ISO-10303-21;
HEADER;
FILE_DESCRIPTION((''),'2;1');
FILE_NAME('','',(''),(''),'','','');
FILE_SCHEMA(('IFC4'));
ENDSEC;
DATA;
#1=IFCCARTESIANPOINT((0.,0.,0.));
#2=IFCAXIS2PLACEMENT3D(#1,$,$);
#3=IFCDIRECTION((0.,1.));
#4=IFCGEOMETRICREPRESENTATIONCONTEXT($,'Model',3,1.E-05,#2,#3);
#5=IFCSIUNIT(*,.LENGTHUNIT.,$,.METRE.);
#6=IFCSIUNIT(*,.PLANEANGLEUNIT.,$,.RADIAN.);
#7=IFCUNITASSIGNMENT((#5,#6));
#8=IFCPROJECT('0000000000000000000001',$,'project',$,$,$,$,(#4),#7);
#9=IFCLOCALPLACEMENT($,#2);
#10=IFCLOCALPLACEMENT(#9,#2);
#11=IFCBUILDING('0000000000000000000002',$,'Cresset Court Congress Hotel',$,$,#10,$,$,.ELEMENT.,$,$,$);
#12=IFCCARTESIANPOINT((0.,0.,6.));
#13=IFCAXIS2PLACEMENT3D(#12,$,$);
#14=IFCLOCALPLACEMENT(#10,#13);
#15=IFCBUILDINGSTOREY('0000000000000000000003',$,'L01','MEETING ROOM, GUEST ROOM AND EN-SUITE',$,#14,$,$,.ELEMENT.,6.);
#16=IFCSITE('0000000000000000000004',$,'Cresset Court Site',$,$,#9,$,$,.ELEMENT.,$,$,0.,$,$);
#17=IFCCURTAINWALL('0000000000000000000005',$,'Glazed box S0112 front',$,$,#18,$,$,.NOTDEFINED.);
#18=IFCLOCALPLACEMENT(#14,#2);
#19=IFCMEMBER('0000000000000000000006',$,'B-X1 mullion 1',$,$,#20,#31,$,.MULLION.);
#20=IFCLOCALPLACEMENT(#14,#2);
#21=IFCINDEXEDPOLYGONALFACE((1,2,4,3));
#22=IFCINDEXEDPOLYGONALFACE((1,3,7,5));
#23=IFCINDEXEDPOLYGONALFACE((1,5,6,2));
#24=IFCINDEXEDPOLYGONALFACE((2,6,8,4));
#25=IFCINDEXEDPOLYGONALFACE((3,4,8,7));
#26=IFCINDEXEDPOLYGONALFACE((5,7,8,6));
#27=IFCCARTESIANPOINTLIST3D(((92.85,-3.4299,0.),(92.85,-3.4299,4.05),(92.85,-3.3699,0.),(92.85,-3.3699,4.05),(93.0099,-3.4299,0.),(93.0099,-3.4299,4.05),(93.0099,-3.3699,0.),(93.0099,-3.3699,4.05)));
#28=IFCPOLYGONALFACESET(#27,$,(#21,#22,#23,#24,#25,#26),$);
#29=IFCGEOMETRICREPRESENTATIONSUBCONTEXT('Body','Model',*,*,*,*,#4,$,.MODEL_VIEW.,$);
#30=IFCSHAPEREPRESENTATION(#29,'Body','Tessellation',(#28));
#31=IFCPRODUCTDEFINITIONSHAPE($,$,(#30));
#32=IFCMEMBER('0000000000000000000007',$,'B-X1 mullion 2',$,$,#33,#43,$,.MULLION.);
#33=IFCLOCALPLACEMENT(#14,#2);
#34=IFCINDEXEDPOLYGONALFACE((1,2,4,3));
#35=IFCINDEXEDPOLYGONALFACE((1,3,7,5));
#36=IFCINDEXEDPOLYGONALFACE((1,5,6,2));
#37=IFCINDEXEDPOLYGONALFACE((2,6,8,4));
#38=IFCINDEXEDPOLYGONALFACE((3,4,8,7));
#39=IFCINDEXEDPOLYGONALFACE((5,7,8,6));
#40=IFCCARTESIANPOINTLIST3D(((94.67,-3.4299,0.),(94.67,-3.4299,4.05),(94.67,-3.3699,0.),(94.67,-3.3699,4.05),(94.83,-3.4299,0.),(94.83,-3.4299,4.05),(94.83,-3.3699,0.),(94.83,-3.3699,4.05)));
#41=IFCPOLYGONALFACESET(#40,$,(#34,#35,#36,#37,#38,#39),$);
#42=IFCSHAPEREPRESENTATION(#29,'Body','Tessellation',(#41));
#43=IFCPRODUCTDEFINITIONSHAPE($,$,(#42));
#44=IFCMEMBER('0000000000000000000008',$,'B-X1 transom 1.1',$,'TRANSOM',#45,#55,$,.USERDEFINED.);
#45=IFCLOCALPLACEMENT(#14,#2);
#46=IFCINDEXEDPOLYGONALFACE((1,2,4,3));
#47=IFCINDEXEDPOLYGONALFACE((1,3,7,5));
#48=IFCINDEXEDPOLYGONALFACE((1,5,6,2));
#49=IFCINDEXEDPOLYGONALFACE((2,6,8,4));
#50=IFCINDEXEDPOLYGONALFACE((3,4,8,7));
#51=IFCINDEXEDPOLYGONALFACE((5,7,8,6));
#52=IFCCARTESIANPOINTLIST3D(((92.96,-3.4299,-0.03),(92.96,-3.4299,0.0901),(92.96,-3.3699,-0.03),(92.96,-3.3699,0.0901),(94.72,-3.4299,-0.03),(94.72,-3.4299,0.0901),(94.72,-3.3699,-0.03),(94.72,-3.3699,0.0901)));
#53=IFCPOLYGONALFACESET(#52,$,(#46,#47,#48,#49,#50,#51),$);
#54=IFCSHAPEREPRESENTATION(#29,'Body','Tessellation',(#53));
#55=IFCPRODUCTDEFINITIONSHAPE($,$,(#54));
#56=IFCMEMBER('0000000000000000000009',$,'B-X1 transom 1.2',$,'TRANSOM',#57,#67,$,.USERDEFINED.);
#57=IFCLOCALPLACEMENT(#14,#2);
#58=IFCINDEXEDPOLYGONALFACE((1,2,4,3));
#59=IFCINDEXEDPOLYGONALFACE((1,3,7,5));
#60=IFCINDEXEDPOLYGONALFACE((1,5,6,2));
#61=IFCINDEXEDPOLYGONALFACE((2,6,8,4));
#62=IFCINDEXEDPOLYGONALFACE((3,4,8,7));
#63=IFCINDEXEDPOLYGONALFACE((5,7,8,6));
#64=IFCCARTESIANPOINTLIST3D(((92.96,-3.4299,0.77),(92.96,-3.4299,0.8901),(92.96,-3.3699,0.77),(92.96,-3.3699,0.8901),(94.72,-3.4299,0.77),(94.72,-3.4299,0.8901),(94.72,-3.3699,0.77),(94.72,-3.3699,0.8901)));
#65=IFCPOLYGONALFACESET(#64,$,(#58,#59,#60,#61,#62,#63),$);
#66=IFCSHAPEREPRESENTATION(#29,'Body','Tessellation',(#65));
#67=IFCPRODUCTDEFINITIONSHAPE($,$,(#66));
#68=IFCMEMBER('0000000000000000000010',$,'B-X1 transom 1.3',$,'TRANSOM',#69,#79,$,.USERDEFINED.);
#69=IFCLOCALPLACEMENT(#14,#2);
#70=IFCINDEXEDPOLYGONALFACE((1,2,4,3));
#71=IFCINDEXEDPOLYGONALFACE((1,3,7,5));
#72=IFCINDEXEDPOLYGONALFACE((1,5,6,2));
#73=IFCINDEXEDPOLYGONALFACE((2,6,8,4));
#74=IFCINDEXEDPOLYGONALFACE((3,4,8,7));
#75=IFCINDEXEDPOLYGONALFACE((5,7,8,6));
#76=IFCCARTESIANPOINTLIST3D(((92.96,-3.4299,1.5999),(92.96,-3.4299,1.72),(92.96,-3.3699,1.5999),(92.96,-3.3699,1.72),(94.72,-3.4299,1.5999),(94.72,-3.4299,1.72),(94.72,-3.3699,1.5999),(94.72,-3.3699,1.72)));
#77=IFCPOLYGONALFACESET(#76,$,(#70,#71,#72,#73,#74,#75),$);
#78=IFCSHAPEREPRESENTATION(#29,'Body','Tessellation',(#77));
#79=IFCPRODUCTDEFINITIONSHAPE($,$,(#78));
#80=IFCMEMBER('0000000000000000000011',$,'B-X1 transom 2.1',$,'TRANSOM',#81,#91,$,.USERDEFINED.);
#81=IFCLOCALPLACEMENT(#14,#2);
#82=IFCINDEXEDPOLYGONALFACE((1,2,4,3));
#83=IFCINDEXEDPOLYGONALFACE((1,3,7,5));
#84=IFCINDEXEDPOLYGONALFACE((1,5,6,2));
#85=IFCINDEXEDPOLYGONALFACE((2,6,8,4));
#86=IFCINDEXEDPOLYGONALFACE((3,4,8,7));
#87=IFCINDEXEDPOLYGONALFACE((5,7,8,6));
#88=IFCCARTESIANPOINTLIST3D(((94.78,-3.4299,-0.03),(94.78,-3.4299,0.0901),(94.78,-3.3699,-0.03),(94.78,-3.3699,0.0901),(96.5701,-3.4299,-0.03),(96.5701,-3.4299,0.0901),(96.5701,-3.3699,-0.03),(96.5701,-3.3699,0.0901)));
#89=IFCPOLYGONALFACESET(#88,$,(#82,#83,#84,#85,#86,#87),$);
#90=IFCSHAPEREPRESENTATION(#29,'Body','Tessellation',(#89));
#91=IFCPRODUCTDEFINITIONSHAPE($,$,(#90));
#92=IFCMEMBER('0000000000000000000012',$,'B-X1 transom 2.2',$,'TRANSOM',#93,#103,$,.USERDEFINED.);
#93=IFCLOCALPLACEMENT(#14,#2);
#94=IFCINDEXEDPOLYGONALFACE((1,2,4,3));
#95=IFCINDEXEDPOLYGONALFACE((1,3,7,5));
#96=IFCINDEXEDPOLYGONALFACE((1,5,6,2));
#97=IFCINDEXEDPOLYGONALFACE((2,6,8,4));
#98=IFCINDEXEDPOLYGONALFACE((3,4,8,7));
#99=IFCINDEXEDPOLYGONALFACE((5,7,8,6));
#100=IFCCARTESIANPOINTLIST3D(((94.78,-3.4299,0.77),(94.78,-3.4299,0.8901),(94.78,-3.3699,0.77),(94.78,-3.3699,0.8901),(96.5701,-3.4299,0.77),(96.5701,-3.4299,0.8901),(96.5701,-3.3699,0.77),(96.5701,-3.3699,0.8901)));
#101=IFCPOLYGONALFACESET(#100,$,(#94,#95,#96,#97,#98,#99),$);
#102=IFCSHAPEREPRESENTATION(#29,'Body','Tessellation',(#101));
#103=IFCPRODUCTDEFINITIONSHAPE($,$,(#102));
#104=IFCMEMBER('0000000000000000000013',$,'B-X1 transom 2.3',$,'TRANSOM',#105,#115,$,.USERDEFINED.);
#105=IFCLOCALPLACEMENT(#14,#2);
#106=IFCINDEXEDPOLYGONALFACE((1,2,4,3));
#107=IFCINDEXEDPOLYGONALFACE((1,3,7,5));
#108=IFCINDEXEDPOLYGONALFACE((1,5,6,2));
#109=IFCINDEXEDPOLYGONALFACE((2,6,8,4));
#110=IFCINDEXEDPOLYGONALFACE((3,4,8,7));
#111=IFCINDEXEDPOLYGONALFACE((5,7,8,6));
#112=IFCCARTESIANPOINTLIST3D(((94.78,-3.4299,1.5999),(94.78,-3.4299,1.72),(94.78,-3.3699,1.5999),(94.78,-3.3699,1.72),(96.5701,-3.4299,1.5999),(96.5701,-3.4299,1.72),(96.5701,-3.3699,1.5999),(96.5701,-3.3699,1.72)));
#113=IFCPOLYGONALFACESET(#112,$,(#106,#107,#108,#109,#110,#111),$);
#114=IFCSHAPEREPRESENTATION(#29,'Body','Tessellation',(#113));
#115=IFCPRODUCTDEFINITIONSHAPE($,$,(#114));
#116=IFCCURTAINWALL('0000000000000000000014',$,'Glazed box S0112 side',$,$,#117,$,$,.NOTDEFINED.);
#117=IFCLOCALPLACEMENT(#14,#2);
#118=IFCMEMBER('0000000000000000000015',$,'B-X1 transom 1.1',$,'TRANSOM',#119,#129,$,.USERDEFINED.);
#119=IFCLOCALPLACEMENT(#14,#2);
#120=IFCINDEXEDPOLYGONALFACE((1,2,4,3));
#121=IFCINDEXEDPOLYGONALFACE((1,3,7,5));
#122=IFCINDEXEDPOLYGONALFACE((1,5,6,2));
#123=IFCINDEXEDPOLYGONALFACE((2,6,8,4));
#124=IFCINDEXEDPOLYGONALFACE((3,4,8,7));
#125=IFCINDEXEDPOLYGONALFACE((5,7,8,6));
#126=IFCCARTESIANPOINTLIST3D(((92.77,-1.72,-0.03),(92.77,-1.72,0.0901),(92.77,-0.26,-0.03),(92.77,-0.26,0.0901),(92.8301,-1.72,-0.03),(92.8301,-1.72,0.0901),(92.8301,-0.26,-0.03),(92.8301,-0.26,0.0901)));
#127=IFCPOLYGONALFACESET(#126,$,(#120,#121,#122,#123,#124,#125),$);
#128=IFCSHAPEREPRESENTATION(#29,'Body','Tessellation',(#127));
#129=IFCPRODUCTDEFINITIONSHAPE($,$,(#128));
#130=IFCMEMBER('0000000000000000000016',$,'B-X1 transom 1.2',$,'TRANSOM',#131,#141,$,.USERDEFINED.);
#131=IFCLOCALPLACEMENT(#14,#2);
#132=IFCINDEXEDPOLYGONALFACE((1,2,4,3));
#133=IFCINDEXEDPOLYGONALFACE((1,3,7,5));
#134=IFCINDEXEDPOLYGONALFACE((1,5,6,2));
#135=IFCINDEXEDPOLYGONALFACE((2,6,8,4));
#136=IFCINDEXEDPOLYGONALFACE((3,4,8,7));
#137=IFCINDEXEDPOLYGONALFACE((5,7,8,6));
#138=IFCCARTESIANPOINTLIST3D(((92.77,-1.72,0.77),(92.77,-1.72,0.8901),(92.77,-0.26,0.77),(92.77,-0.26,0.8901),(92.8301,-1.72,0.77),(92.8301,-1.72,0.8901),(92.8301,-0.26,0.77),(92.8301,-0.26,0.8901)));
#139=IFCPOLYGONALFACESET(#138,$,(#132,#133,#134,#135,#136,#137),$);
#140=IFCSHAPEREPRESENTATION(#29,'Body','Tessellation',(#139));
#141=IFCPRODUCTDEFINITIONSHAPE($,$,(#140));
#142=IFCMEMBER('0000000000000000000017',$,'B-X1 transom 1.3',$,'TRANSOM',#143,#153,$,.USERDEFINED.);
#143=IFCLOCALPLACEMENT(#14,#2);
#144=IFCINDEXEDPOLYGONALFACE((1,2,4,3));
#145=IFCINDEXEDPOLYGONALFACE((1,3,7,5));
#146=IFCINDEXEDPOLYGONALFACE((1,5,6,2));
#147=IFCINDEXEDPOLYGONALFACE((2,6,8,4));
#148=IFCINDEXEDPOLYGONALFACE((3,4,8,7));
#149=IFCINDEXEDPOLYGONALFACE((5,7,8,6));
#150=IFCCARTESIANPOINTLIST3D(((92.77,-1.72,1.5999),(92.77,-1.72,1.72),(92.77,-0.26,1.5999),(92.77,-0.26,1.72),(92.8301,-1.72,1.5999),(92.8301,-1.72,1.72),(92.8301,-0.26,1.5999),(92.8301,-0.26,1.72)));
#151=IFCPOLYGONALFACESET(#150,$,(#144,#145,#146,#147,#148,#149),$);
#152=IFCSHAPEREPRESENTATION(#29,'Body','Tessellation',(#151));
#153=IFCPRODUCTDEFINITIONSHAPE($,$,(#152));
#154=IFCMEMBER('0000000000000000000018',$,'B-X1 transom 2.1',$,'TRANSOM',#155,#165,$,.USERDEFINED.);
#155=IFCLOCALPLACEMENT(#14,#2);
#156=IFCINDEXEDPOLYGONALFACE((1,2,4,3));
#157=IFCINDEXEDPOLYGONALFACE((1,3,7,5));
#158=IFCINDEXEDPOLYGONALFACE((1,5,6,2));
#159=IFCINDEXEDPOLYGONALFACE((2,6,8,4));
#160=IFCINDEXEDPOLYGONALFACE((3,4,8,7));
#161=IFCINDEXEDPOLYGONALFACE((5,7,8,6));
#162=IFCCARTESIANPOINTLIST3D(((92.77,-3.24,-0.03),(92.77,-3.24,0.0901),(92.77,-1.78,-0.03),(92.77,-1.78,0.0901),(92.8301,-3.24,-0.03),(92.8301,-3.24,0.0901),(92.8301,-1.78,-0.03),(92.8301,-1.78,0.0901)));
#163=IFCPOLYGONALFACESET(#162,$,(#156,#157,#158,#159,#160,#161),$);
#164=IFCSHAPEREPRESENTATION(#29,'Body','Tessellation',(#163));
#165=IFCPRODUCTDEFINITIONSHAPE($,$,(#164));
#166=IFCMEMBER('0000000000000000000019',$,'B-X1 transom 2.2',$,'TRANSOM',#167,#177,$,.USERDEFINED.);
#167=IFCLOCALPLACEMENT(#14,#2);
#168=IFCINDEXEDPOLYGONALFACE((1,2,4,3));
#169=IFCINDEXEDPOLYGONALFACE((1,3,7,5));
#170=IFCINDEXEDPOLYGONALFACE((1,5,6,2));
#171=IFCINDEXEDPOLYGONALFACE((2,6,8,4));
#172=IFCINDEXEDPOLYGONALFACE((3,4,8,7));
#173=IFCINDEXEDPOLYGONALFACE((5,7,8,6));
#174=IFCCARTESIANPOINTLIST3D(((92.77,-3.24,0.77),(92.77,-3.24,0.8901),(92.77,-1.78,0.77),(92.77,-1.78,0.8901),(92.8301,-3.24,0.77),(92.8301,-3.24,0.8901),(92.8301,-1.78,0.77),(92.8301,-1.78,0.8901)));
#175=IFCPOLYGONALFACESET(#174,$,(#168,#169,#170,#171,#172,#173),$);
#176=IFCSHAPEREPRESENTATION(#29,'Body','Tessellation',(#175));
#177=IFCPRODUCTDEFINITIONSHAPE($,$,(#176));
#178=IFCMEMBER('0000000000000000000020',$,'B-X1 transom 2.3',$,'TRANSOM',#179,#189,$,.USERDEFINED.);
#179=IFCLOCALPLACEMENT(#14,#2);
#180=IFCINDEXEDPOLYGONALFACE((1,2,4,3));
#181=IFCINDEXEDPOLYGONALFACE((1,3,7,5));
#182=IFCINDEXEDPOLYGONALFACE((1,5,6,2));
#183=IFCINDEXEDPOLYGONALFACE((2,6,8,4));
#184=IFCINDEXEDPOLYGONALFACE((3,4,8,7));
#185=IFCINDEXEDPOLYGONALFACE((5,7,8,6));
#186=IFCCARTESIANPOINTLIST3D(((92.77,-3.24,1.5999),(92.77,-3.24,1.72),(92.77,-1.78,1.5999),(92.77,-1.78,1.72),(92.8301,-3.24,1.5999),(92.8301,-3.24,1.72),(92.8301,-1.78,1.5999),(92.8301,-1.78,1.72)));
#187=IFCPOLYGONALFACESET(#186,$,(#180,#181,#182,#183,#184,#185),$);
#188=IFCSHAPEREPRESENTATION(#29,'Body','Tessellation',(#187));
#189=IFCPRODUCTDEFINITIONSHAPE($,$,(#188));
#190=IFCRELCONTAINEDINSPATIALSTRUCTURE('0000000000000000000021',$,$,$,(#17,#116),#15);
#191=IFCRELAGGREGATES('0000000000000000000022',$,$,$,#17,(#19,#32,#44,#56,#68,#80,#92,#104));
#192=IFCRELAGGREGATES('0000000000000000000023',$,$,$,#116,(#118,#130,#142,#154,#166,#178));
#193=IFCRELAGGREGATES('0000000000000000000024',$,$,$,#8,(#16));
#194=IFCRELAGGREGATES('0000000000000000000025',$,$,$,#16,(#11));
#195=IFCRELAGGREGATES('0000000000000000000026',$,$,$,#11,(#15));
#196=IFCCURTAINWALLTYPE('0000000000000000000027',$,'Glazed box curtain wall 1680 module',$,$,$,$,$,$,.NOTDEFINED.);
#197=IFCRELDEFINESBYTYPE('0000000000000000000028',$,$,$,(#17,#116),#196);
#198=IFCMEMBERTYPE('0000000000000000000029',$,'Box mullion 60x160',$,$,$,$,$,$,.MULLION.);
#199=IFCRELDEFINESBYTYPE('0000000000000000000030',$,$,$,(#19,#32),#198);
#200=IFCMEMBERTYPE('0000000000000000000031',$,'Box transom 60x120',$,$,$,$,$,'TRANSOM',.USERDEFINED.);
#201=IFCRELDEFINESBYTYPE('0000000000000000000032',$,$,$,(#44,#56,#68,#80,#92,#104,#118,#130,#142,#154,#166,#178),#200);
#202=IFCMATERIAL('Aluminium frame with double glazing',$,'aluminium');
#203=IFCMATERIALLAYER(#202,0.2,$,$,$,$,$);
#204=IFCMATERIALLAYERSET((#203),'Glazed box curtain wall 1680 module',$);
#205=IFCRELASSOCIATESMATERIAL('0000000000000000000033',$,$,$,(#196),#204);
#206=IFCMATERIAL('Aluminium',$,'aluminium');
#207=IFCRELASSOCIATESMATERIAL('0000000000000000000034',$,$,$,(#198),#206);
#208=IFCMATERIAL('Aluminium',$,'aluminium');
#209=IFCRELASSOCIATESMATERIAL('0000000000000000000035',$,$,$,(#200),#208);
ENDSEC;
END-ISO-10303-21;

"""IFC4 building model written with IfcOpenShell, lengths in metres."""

from ifc_helpers import new_model, si_unit, direction, frame, origin, origin_2d, place, context, subcontext, project, spatial, rectangle, extrude, material, layer, layer_set, material_profile, profile_set, type_object, element, aggregate, save


model = new_model("IFC4")

# Units and contexts
model_context = context("Model", 3, precision=1e-05, world=origin(), true_north=direction((0.0, 1.0)))
body_context = subcontext(model_context, "Body", "Model", "MODEL_VIEW")
ifc_project = project(units=[si_unit("LENGTHUNIT", "METRE"), si_unit("PLANEANGLEUNIT", "RADIAN")], contexts=[model_context])

# Site, building, storey
site_placement = place(None, origin())
site = spatial("IfcSite", under=ifc_project, at=site_placement, Name="Cresset Court Site", CompositionType="ELEMENT", RefElevation=0.0)
building_placement = place(site_placement, origin())
building = spatial("IfcBuilding", under=site, at=building_placement, Name="Cresset Court Congress Hotel", CompositionType="ELEMENT")
storey_placement = place(building_placement, frame((0.0, 0.0, 6.0)))
storey = spatial("IfcBuildingStorey", under=building, at=storey_placement, Name="L01", Description="MEETING ROOM, GUEST ROOM AND EN-SUITE", CompositionType="ELEMENT", Elevation=6.0)

# Curtain walls, members
ifc_material_1 = material(Name="Aluminium frame with double glazing", Category="aluminium")
ifc_layer_1 = layer(ifc_material_1, 0.2)
ifc_layer_set_1 = layer_set([ifc_layer_1], Name="Glazed box curtain wall 1680 module")
curtain_wall_type = type_object("IfcCurtainWallType", Name="Glazed box curtain wall 1680 module", PredefinedType="NOTDEFINED", material=ifc_layer_set_1)
curtain_wall_1_placement = place(storey_placement, origin())
curtain_wall_1 = element("IfcCurtainWall", 1, at=curtain_wall_1_placement, inside=storey, type_object=curtain_wall_type, Name="Glazed box S0112 front", PredefinedType="NOTDEFINED")
ifc_material_2 = material(Name="Aluminium", Category="aluminium")
ifc_material_profile_1 = material_profile(ifc_material_2, rectangle(XDim=0.0601, YDim=0.1599, at=origin_2d()), Name="Box mullion 60x160")
ifc_profile_set_1 = profile_set([ifc_material_profile_1], Name="Aluminium")
member_type_1 = type_object("IfcMemberType", Name="Box mullion 60x160", PredefinedType="MULLION", material=ifc_profile_set_1)
member_1_placement = place(storey_placement, frame((92.9299, -3.3999, 0.0), z_axis=(0.0, 0.0, 1.0), x_axis=(0.0, 1.0, 0.0)))
member_1 = element("IfcMember", 2, at=member_1_placement, type_object=member_type_1, Name="B-X1 mullion 1", PredefinedType="MULLION", context=body_context, shape_type="SweptSolid", body=[
    extrude(rectangle(XDim=0.0601, YDim=0.1599, at=origin_2d()), origin(), (0.0, 0.0, 1.0), 4.05),
])
member_2_placement = place(storey_placement, frame((94.75, -3.3999, 0.0), z_axis=(0.0, 0.0, 1.0), x_axis=(0.0, 1.0, 0.0)))
member_2 = element("IfcMember", 3, at=member_2_placement, type_object=member_type_1, Name="B-X1 mullion 2", PredefinedType="MULLION", context=body_context, shape_type="SweptSolid", body=[
    extrude(rectangle(XDim=0.0601, YDim=0.1599, at=origin_2d()), origin(), (0.0, 0.0, 1.0), 4.05),
])
ifc_material_3 = material(Name="Aluminium", Category="aluminium")
ifc_material_profile_2 = material_profile(ifc_material_3, rectangle(XDim=0.0601, YDim=0.1201, at=origin_2d()), Name="Box transom 60x120")
ifc_profile_set_2 = profile_set([ifc_material_profile_2], Name="Aluminium")
member_type_2 = type_object("IfcMemberType", Name="Box transom 60x120", ElementType="TRANSOM", PredefinedType="USERDEFINED", material=ifc_profile_set_2)
member_3_placement = place(storey_placement, frame((92.96, -3.3999, 0.03), z_axis=(1.0, 0.0, 0.0), x_axis=(0.0, 1.0, 0.0)))
member_3 = element("IfcMember", 4, at=member_3_placement, type_object=member_type_2, Name="B-X1 transom 1.1", ObjectType="TRANSOM", PredefinedType="USERDEFINED", context=body_context, shape_type="SweptSolid", body=[
    extrude(rectangle(XDim=0.0601, YDim=0.1201, at=origin_2d()), origin(), (0.0, 0.0, 1.0), 1.76),
])
member_4_placement = place(storey_placement, frame((92.96, -3.3999, 0.8301), z_axis=(1.0, 0.0, 0.0), x_axis=(0.0, 1.0, 0.0)))
member_4 = element("IfcMember", 5, at=member_4_placement, type_object=member_type_2, Name="B-X1 transom 1.2", ObjectType="TRANSOM", PredefinedType="USERDEFINED", context=body_context, shape_type="SweptSolid", body=[
    extrude(rectangle(XDim=0.0601, YDim=0.1201, at=origin_2d()), origin(), (0.0, 0.0, 1.0), 1.76),
])
member_5_placement = place(storey_placement, frame((92.96, -3.3999, 1.6599), z_axis=(1.0, 0.0, 0.0), x_axis=(0.0, 1.0, 0.0)))
member_5 = element("IfcMember", 6, at=member_5_placement, type_object=member_type_2, Name="B-X1 transom 1.3", ObjectType="TRANSOM", PredefinedType="USERDEFINED", context=body_context, shape_type="SweptSolid", body=[
    extrude(rectangle(XDim=0.0601, YDim=0.1201, at=origin_2d()), origin(), (0.0, 0.0, 1.0), 1.76),
])
member_6_placement = place(storey_placement, frame((94.78, -3.3999, 0.03), z_axis=(1.0, 0.0, 0.0), x_axis=(0.0, 1.0, 0.0)))
member_6 = element("IfcMember", 7, at=member_6_placement, type_object=member_type_2, Name="B-X1 transom 2.1", ObjectType="TRANSOM", PredefinedType="USERDEFINED", context=body_context, shape_type="SweptSolid", body=[
    extrude(rectangle(XDim=0.0601, YDim=0.1201, at=origin_2d()), origin(), (0.0, 0.0, 1.0), 1.79),
])
member_7_placement = place(storey_placement, frame((94.78, -3.3999, 0.8301), z_axis=(1.0, 0.0, 0.0), x_axis=(0.0, 1.0, 0.0)))
member_7 = element("IfcMember", 8, at=member_7_placement, type_object=member_type_2, Name="B-X1 transom 2.2", ObjectType="TRANSOM", PredefinedType="USERDEFINED", context=body_context, shape_type="SweptSolid", body=[
    extrude(rectangle(XDim=0.0601, YDim=0.1201, at=origin_2d()), origin(), (0.0, 0.0, 1.0), 1.79),
])
member_8_placement = place(storey_placement, frame((94.78, -3.3999, 1.6599), z_axis=(1.0, 0.0, 0.0), x_axis=(0.0, 1.0, 0.0)))
member_8 = element("IfcMember", 9, at=member_8_placement, type_object=member_type_2, Name="B-X1 transom 2.3", ObjectType="TRANSOM", PredefinedType="USERDEFINED", context=body_context, shape_type="SweptSolid", body=[
    extrude(rectangle(XDim=0.0601, YDim=0.1201, at=origin_2d()), origin(), (0.0, 0.0, 1.0), 1.79),
])
curtain_wall_2_placement = place(storey_placement, origin())
curtain_wall_2 = element("IfcCurtainWall", 10, at=curtain_wall_2_placement, inside=storey, type_object=curtain_wall_type, Name="Glazed box S0112 side", PredefinedType="NOTDEFINED")
member_9_placement = place(storey_placement, frame((92.8, -0.26, 0.03), z_axis=(0.0, -1.0, 0.0), x_axis=(1.0, 0.0, 0.0)))
member_9 = element("IfcMember", 11, at=member_9_placement, type_object=member_type_2, Name="B-X1 transom 1.1", ObjectType="TRANSOM", PredefinedType="USERDEFINED", context=body_context, shape_type="SweptSolid", body=[
    extrude(rectangle(XDim=0.0601, YDim=0.1201, at=origin_2d()), origin(), (0.0, 0.0, 1.0), 1.46),
])
member_10_placement = place(storey_placement, frame((92.8, -0.26, 0.8301), z_axis=(0.0, -1.0, 0.0), x_axis=(1.0, 0.0, 0.0)))
member_10 = element("IfcMember", 12, at=member_10_placement, type_object=member_type_2, Name="B-X1 transom 1.2", ObjectType="TRANSOM", PredefinedType="USERDEFINED", context=body_context, shape_type="SweptSolid", body=[
    extrude(rectangle(XDim=0.0601, YDim=0.1201, at=origin_2d()), origin(), (0.0, 0.0, 1.0), 1.46),
])
member_11_placement = place(storey_placement, frame((92.8, -0.26, 1.6599), z_axis=(0.0, -1.0, 0.0), x_axis=(1.0, 0.0, 0.0)))
member_11 = element("IfcMember", 13, at=member_11_placement, type_object=member_type_2, Name="B-X1 transom 1.3", ObjectType="TRANSOM", PredefinedType="USERDEFINED", context=body_context, shape_type="SweptSolid", body=[
    extrude(rectangle(XDim=0.0601, YDim=0.1201, at=origin_2d()), origin(), (0.0, 0.0, 1.0), 1.46),
])
member_12_placement = place(storey_placement, frame((92.8, -1.78, 0.03), z_axis=(0.0, -1.0, 0.0), x_axis=(1.0, 0.0, 0.0)))
member_12 = element("IfcMember", 14, at=member_12_placement, type_object=member_type_2, Name="B-X1 transom 2.1", ObjectType="TRANSOM", PredefinedType="USERDEFINED", context=body_context, shape_type="SweptSolid", body=[
    extrude(rectangle(XDim=0.0601, YDim=0.1201, at=origin_2d()), origin(), (0.0, 0.0, 1.0), 1.46),
])
member_13_placement = place(storey_placement, frame((92.8, -1.78, 0.8301), z_axis=(0.0, -1.0, 0.0), x_axis=(1.0, 0.0, 0.0)))
member_13 = element("IfcMember", 15, at=member_13_placement, type_object=member_type_2, Name="B-X1 transom 2.2", ObjectType="TRANSOM", PredefinedType="USERDEFINED", context=body_context, shape_type="SweptSolid", body=[
    extrude(rectangle(XDim=0.0601, YDim=0.1201, at=origin_2d()), origin(), (0.0, 0.0, 1.0), 1.46),
])
member_14_placement = place(storey_placement, frame((92.8, -1.78, 1.6599), z_axis=(0.0, -1.0, 0.0), x_axis=(1.0, 0.0, 0.0)))
member_14 = element("IfcMember", 16, at=member_14_placement, type_object=member_type_2, Name="B-X1 transom 2.3", ObjectType="TRANSOM", PredefinedType="USERDEFINED", context=body_context, shape_type="SweptSolid", body=[
    extrude(rectangle(XDim=0.0601, YDim=0.1201, at=origin_2d()), origin(), (0.0, 0.0, 1.0), 1.46),
])

aggregate(curtain_wall_1, [member_1, member_2, member_3, member_4, member_5, member_6, member_7, member_8])
aggregate(curtain_wall_2, [member_9, member_10, member_11, member_12, member_13, member_14])

save(model, "model.ifc")
